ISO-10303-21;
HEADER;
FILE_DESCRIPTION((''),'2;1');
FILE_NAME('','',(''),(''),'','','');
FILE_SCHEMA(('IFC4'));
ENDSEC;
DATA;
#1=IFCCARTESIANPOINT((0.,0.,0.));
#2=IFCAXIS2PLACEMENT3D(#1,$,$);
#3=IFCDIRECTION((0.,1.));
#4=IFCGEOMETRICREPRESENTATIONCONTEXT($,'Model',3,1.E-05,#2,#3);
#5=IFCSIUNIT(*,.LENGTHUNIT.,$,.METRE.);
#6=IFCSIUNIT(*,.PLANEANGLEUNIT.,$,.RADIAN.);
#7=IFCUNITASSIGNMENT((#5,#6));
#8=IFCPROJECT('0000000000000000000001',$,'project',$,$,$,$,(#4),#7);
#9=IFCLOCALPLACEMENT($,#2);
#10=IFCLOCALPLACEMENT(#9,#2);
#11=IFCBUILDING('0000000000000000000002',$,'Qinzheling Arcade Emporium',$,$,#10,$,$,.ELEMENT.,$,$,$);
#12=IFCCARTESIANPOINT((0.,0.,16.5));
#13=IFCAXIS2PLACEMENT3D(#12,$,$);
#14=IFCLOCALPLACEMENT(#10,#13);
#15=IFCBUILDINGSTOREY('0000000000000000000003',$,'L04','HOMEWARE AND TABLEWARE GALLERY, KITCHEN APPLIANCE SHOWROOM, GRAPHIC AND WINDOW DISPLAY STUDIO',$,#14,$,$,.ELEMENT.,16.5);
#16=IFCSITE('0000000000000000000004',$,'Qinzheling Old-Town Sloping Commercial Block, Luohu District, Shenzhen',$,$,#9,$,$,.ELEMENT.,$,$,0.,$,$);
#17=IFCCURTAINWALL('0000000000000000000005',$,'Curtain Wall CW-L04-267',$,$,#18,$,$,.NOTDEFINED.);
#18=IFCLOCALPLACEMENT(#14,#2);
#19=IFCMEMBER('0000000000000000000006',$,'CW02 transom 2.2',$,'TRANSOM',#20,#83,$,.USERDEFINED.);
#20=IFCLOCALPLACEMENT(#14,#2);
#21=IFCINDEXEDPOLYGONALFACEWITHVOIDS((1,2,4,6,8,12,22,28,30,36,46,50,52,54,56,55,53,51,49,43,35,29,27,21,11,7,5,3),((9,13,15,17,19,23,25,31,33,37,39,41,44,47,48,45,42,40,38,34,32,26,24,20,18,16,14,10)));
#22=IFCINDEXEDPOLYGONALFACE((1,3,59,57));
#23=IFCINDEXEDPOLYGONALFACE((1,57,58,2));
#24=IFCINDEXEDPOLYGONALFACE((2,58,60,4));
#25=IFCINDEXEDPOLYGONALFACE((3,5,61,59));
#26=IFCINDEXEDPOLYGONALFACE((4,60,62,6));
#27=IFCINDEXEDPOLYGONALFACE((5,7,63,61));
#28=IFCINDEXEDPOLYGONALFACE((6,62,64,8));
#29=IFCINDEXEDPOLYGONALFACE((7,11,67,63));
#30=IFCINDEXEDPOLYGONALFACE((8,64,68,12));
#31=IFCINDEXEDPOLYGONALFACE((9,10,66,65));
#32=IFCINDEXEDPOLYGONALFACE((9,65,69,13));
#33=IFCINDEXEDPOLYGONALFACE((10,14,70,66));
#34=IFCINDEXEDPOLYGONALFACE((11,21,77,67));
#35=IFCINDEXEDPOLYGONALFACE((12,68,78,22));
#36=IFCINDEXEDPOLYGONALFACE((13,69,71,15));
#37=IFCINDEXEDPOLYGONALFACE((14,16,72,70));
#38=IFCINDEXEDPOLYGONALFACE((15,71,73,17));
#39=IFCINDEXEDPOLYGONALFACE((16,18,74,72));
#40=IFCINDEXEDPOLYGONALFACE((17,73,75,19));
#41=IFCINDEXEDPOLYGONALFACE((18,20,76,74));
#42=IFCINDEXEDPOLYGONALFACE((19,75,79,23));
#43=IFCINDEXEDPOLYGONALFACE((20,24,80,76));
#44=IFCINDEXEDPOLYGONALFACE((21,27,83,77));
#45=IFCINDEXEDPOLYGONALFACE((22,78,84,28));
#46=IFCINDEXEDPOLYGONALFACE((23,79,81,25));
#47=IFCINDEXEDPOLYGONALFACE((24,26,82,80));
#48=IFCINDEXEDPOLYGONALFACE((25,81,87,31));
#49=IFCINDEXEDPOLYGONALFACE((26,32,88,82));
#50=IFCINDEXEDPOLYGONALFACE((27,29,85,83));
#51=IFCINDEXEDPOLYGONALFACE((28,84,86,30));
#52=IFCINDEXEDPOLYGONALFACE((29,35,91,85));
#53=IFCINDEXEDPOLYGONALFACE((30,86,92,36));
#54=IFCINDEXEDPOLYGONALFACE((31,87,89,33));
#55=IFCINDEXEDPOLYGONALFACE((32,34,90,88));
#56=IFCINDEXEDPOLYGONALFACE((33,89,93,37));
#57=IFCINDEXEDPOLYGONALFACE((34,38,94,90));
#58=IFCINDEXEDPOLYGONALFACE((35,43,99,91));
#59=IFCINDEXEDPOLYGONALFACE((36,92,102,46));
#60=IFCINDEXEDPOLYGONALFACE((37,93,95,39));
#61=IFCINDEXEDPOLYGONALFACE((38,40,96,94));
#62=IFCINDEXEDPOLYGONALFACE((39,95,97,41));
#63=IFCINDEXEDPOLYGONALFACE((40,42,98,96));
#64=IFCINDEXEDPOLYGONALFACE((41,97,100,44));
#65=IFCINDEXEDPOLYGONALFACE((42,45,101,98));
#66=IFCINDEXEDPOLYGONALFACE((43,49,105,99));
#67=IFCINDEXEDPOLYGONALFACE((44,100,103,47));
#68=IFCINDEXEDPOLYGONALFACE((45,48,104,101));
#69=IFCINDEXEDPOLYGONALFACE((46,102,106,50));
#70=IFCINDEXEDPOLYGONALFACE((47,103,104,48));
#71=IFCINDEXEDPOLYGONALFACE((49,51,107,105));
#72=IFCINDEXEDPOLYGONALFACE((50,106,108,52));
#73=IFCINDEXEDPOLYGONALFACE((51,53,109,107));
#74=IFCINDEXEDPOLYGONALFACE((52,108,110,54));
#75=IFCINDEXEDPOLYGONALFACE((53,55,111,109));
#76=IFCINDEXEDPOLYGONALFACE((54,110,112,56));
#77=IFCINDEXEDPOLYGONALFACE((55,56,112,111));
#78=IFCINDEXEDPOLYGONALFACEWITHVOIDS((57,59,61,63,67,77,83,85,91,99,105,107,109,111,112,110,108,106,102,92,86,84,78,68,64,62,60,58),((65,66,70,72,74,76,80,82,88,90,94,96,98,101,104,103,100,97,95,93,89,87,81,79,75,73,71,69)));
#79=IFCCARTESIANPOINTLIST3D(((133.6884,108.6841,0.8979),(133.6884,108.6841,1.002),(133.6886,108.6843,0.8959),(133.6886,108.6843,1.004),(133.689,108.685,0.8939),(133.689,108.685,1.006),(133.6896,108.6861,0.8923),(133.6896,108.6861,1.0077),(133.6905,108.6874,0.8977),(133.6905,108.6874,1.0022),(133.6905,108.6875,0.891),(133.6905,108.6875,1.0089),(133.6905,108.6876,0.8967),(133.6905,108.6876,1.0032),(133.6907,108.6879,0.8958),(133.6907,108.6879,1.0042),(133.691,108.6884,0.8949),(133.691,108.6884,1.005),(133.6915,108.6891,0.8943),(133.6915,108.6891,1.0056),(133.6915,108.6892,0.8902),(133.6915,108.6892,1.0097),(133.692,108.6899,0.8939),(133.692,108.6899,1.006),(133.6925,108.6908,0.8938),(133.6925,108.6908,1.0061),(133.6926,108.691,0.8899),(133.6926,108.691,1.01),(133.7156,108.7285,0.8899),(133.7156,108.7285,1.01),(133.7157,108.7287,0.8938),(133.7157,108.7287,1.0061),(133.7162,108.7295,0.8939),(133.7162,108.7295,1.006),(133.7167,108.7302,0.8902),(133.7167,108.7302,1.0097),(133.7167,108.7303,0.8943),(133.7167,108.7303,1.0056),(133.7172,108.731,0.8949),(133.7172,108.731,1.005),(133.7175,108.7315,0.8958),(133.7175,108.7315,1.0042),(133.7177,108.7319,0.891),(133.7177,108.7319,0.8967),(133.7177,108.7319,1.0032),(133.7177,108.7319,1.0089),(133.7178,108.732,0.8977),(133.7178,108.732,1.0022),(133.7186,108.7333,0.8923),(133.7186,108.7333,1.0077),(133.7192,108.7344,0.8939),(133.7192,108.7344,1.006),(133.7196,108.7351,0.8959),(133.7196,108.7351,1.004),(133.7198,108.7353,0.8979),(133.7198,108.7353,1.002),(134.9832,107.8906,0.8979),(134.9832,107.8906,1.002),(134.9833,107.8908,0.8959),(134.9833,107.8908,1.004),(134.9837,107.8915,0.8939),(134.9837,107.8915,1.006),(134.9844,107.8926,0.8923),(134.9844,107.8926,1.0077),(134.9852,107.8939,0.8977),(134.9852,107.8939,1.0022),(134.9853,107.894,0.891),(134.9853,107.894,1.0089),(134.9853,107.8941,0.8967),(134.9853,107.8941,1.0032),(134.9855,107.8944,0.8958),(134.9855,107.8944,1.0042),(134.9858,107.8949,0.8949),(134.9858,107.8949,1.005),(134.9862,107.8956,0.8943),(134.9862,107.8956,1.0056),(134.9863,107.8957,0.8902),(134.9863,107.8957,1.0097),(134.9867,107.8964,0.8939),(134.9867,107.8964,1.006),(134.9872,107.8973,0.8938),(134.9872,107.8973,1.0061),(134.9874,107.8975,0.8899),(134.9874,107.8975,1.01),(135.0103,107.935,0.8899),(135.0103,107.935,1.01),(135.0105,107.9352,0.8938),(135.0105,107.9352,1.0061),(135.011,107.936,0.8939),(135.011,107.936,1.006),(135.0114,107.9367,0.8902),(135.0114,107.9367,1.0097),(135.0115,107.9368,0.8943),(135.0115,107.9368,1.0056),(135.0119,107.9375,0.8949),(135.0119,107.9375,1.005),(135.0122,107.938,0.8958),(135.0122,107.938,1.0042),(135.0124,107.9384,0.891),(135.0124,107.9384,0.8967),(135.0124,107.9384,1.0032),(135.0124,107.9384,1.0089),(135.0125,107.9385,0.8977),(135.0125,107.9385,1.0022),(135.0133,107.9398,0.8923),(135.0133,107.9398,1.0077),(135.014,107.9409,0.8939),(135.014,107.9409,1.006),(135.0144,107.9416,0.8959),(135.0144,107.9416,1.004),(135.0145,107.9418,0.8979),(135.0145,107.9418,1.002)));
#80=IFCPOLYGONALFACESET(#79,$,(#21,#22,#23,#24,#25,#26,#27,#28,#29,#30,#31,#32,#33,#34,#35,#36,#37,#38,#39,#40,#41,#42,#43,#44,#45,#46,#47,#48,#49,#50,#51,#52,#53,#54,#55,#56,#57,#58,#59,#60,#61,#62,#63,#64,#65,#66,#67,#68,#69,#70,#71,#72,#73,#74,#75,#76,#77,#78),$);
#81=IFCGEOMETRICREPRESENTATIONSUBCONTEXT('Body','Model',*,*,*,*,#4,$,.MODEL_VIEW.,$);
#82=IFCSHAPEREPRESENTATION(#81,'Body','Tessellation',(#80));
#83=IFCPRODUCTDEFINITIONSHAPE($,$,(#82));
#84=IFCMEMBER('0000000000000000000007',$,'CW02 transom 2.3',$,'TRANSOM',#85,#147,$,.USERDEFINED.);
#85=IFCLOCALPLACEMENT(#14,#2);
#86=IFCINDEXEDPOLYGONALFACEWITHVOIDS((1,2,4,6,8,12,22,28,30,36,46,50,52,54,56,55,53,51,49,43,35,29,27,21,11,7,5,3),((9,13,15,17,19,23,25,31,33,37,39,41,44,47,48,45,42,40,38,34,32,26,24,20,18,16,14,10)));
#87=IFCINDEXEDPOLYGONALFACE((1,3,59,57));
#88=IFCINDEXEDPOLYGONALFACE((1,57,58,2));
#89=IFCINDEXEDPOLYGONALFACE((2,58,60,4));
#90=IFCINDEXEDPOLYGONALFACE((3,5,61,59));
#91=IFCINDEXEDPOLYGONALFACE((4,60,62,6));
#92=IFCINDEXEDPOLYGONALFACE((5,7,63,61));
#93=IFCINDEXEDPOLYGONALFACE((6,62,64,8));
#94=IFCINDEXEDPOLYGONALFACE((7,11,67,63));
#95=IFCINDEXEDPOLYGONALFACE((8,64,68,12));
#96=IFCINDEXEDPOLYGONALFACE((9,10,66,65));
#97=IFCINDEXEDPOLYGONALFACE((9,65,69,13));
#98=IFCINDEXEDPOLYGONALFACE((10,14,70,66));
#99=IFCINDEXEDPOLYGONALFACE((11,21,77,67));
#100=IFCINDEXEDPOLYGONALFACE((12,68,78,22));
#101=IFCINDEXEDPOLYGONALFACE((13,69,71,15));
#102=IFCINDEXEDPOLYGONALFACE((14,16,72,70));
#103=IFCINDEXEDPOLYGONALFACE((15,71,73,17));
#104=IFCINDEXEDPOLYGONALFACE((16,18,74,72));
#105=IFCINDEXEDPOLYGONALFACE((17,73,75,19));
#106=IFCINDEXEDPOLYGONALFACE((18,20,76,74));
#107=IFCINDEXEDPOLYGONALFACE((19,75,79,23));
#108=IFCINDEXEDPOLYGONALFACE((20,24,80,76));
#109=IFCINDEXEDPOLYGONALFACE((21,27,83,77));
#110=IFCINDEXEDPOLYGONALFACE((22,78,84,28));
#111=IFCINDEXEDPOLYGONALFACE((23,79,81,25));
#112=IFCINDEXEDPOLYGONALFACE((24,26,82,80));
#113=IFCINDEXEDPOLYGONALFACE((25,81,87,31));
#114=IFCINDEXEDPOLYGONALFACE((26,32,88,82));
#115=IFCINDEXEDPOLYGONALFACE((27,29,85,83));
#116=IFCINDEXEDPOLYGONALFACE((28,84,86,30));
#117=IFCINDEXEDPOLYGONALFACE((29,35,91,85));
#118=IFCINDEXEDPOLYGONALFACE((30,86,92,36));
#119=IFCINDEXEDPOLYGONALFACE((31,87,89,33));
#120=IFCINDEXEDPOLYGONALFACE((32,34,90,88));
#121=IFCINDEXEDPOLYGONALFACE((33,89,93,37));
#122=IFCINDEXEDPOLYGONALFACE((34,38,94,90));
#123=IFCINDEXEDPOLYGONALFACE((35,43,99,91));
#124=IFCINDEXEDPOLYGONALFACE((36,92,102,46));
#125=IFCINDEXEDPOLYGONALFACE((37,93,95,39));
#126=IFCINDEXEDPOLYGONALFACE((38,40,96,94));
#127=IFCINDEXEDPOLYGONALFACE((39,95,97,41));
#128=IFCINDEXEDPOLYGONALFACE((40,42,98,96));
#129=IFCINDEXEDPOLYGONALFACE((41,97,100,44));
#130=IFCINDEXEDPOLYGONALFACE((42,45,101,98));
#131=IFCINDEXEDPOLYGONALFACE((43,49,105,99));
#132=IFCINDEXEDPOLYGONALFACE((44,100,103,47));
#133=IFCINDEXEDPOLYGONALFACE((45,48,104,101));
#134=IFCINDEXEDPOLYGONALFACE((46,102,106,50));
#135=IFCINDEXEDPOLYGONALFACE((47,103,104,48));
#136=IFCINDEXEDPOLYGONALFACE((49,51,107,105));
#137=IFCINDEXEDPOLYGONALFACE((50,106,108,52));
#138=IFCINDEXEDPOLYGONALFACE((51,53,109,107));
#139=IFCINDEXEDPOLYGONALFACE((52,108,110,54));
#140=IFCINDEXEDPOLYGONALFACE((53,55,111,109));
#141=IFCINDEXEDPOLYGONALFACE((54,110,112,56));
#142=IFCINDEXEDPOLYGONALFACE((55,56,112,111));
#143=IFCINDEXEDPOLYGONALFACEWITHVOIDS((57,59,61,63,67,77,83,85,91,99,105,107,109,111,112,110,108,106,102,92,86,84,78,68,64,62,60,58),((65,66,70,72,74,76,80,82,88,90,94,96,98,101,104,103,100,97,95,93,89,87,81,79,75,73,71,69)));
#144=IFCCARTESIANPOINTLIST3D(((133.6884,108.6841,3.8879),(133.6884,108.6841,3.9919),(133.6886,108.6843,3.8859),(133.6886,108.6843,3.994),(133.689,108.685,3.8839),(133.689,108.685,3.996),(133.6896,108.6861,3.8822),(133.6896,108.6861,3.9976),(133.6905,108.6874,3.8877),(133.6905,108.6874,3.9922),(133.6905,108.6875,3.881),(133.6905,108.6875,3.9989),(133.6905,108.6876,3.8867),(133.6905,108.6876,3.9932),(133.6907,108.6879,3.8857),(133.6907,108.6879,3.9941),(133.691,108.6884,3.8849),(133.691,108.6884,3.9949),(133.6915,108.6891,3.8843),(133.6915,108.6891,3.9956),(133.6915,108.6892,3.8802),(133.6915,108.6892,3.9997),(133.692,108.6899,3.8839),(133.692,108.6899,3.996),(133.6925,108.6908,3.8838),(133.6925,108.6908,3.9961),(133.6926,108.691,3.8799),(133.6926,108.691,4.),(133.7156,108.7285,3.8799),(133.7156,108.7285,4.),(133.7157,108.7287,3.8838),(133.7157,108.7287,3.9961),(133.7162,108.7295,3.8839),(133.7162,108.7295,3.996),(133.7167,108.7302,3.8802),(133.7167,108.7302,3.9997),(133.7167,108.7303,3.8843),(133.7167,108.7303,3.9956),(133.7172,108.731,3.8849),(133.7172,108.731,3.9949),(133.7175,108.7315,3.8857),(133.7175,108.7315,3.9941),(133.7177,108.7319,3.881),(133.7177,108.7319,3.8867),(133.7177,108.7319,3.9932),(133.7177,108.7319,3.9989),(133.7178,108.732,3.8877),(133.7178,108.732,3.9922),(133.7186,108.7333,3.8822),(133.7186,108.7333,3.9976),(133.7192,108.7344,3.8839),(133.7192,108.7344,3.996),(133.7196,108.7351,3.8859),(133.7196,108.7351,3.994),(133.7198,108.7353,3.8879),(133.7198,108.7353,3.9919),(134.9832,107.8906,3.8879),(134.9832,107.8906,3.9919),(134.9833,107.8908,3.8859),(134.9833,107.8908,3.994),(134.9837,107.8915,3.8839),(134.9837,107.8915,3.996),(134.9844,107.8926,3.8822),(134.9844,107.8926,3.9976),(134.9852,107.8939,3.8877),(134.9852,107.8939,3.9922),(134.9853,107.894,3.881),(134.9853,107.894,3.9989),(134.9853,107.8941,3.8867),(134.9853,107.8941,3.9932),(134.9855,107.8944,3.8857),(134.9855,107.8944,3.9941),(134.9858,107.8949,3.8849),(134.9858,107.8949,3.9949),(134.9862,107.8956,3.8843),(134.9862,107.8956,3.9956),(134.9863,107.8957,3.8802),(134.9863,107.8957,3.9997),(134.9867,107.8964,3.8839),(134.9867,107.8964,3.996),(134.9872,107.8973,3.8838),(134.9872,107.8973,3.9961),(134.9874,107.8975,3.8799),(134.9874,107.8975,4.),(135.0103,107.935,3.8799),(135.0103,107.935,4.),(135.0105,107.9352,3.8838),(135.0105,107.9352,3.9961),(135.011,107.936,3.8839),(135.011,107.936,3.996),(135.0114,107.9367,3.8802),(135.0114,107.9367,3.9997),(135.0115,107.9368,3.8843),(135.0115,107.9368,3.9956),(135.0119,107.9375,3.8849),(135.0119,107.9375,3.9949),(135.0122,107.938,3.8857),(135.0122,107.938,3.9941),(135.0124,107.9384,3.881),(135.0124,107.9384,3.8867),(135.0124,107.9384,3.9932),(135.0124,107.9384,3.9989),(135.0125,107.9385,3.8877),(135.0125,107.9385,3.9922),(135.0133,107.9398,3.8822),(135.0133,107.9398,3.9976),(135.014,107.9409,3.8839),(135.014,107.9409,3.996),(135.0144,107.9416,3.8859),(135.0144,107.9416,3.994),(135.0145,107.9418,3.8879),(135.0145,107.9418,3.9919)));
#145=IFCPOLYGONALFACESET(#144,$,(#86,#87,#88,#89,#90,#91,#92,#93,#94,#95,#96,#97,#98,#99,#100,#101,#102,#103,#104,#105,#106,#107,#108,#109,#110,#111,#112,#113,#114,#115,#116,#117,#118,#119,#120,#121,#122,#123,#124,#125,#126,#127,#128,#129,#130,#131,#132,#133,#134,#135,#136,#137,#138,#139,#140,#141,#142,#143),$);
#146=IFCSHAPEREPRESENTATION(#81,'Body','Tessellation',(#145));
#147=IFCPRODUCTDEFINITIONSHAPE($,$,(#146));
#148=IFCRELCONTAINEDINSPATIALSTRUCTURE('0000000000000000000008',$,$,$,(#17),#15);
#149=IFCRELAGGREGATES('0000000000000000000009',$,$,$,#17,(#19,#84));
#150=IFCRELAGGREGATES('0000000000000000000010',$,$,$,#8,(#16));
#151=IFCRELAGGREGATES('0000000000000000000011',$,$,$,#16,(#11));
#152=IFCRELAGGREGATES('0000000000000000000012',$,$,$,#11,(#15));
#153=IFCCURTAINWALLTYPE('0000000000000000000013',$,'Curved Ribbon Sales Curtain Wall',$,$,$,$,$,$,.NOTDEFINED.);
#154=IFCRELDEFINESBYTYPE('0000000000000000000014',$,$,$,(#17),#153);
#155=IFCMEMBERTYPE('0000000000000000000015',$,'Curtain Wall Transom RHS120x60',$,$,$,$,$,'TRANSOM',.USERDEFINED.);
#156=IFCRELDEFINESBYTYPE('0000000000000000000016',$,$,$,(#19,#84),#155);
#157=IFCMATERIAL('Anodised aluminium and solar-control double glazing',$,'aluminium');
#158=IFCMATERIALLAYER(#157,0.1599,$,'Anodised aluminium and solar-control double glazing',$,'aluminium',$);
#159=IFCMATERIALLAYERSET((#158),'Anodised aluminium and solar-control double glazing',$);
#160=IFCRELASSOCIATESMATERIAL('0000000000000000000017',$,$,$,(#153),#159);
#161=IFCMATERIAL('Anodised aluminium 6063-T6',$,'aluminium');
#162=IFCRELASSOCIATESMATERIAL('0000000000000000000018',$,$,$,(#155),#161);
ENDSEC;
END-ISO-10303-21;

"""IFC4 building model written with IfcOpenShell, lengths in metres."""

from ifc_helpers import new_model, si_unit, direction, frame, origin, origin_2d, place, context, subcontext, project, spatial, hollow_rectangle, extrude, material, layer, layer_set, material_profile, profile_set, type_object, element, aggregate, save


model = new_model("IFC4")

# Units and contexts
model_context = context("Model", 3, precision=1e-05, world=origin(), true_north=direction((0.0, 1.0)))
body_context = subcontext(model_context, "Body", "Model", "MODEL_VIEW")
ifc_project = project(units=[si_unit("LENGTHUNIT", "METRE"), si_unit("PLANEANGLEUNIT", "RADIAN")], contexts=[model_context])

# Site, building, storey
site_placement = place(None, origin())
site = spatial("IfcSite", under=ifc_project, at=site_placement, Name="Qinzheling Old-Town Sloping Commercial Block, Luohu District, Shenzhen", CompositionType="ELEMENT", RefElevation=0.0)
building_placement = place(site_placement, origin())
building = spatial("IfcBuilding", under=site, at=building_placement, Name="Qinzheling Arcade Emporium", CompositionType="ELEMENT")
storey_placement = place(building_placement, frame((0.0, 0.0, 16.5)))
storey = spatial("IfcBuildingStorey", under=building, at=storey_placement, Name="L04", Description="HOMEWARE AND TABLEWARE GALLERY, KITCHEN APPLIANCE SHOWROOM, GRAPHIC AND WINDOW DISPLAY STUDIO", CompositionType="ELEMENT", Elevation=16.5)

# Curtain wall
ifc_material_1 = material(Name="Anodised aluminium and solar-control double glazing", Category="aluminium")
ifc_layer_1 = layer(ifc_material_1, 0.1599, Name="Anodised aluminium and solar-control double glazing", Category="aluminium")
ifc_layer_set_1 = layer_set([ifc_layer_1], Name="Anodised aluminium and solar-control double glazing")
curtain_wall_type = type_object("IfcCurtainWallType", Name="Curved Ribbon Sales Curtain Wall", PredefinedType="NOTDEFINED", material=ifc_layer_set_1)
ifc_material_2 = material(Name="Anodised aluminium 6063-T6", Category="aluminium")
curtain_wall_1_placement = place(storey_placement, origin())
curtain_wall_1 = element("IfcCurtainWall", 1, at=curtain_wall_1_placement, inside=storey, type_object=curtain_wall_type, Name="Curtain Wall CW-L04-267", PredefinedType="NOTDEFINED")

# Members
ifc_material_profile_1 = material_profile(ifc_material_2, hollow_rectangle(XDim=0.0601, YDim=0.1201, WallThickness=0.0039, InnerFilletRadius=0.0039, OuterFilletRadius=0.0081, at=origin_2d()), Name="RHS 120x60x4", Category="aluminium")
ifc_profile_set_1 = profile_set([ifc_material_profile_1], Name="Anodised aluminium 6063-T6")
member_type_1 = type_object("IfcMemberType", Name="Curtain Wall Transom RHS120x60", ElementType="TRANSOM", PredefinedType="USERDEFINED", material=ifc_profile_set_1)
member_1_placement = place(storey_placement, frame((133.7041, 108.7097, 0.95), z_axis=(0.852617, -0.522536, 0.0), x_axis=(0.522536, 0.852617, 0.0)))
member_1 = element("IfcMember", 2, at=member_1_placement, type_object=member_type_1, Name="CW02 transom 2.2", ObjectType="TRANSOM", PredefinedType="USERDEFINED", context=body_context, shape_type="SweptSolid", body=[
    extrude(hollow_rectangle(XDim=0.0601, YDim=0.1201, WallThickness=0.0039, InnerFilletRadius=0.0039, OuterFilletRadius=0.0081, at=origin_2d()), origin(), (0.0, 0.0, 1.0), 1.5186),
])
member_2_placement = place(storey_placement, frame((133.7041, 108.7097, 3.9399), z_axis=(0.852617, -0.522536, 0.0), x_axis=(0.522536, 0.852617, 0.0)))
member_2 = element("IfcMember", 3, at=member_2_placement, type_object=member_type_1, Name="CW02 transom 2.3", ObjectType="TRANSOM", PredefinedType="USERDEFINED", context=body_context, shape_type="SweptSolid", body=[
    extrude(hollow_rectangle(XDim=0.0601, YDim=0.1201, WallThickness=0.0039, InnerFilletRadius=0.0039, OuterFilletRadius=0.0081, at=origin_2d()), origin(), (0.0, 0.0, 1.0), 1.5186),
])

aggregate(curtain_wall_1, [member_1, member_2])

save(model, "model.ifc")
